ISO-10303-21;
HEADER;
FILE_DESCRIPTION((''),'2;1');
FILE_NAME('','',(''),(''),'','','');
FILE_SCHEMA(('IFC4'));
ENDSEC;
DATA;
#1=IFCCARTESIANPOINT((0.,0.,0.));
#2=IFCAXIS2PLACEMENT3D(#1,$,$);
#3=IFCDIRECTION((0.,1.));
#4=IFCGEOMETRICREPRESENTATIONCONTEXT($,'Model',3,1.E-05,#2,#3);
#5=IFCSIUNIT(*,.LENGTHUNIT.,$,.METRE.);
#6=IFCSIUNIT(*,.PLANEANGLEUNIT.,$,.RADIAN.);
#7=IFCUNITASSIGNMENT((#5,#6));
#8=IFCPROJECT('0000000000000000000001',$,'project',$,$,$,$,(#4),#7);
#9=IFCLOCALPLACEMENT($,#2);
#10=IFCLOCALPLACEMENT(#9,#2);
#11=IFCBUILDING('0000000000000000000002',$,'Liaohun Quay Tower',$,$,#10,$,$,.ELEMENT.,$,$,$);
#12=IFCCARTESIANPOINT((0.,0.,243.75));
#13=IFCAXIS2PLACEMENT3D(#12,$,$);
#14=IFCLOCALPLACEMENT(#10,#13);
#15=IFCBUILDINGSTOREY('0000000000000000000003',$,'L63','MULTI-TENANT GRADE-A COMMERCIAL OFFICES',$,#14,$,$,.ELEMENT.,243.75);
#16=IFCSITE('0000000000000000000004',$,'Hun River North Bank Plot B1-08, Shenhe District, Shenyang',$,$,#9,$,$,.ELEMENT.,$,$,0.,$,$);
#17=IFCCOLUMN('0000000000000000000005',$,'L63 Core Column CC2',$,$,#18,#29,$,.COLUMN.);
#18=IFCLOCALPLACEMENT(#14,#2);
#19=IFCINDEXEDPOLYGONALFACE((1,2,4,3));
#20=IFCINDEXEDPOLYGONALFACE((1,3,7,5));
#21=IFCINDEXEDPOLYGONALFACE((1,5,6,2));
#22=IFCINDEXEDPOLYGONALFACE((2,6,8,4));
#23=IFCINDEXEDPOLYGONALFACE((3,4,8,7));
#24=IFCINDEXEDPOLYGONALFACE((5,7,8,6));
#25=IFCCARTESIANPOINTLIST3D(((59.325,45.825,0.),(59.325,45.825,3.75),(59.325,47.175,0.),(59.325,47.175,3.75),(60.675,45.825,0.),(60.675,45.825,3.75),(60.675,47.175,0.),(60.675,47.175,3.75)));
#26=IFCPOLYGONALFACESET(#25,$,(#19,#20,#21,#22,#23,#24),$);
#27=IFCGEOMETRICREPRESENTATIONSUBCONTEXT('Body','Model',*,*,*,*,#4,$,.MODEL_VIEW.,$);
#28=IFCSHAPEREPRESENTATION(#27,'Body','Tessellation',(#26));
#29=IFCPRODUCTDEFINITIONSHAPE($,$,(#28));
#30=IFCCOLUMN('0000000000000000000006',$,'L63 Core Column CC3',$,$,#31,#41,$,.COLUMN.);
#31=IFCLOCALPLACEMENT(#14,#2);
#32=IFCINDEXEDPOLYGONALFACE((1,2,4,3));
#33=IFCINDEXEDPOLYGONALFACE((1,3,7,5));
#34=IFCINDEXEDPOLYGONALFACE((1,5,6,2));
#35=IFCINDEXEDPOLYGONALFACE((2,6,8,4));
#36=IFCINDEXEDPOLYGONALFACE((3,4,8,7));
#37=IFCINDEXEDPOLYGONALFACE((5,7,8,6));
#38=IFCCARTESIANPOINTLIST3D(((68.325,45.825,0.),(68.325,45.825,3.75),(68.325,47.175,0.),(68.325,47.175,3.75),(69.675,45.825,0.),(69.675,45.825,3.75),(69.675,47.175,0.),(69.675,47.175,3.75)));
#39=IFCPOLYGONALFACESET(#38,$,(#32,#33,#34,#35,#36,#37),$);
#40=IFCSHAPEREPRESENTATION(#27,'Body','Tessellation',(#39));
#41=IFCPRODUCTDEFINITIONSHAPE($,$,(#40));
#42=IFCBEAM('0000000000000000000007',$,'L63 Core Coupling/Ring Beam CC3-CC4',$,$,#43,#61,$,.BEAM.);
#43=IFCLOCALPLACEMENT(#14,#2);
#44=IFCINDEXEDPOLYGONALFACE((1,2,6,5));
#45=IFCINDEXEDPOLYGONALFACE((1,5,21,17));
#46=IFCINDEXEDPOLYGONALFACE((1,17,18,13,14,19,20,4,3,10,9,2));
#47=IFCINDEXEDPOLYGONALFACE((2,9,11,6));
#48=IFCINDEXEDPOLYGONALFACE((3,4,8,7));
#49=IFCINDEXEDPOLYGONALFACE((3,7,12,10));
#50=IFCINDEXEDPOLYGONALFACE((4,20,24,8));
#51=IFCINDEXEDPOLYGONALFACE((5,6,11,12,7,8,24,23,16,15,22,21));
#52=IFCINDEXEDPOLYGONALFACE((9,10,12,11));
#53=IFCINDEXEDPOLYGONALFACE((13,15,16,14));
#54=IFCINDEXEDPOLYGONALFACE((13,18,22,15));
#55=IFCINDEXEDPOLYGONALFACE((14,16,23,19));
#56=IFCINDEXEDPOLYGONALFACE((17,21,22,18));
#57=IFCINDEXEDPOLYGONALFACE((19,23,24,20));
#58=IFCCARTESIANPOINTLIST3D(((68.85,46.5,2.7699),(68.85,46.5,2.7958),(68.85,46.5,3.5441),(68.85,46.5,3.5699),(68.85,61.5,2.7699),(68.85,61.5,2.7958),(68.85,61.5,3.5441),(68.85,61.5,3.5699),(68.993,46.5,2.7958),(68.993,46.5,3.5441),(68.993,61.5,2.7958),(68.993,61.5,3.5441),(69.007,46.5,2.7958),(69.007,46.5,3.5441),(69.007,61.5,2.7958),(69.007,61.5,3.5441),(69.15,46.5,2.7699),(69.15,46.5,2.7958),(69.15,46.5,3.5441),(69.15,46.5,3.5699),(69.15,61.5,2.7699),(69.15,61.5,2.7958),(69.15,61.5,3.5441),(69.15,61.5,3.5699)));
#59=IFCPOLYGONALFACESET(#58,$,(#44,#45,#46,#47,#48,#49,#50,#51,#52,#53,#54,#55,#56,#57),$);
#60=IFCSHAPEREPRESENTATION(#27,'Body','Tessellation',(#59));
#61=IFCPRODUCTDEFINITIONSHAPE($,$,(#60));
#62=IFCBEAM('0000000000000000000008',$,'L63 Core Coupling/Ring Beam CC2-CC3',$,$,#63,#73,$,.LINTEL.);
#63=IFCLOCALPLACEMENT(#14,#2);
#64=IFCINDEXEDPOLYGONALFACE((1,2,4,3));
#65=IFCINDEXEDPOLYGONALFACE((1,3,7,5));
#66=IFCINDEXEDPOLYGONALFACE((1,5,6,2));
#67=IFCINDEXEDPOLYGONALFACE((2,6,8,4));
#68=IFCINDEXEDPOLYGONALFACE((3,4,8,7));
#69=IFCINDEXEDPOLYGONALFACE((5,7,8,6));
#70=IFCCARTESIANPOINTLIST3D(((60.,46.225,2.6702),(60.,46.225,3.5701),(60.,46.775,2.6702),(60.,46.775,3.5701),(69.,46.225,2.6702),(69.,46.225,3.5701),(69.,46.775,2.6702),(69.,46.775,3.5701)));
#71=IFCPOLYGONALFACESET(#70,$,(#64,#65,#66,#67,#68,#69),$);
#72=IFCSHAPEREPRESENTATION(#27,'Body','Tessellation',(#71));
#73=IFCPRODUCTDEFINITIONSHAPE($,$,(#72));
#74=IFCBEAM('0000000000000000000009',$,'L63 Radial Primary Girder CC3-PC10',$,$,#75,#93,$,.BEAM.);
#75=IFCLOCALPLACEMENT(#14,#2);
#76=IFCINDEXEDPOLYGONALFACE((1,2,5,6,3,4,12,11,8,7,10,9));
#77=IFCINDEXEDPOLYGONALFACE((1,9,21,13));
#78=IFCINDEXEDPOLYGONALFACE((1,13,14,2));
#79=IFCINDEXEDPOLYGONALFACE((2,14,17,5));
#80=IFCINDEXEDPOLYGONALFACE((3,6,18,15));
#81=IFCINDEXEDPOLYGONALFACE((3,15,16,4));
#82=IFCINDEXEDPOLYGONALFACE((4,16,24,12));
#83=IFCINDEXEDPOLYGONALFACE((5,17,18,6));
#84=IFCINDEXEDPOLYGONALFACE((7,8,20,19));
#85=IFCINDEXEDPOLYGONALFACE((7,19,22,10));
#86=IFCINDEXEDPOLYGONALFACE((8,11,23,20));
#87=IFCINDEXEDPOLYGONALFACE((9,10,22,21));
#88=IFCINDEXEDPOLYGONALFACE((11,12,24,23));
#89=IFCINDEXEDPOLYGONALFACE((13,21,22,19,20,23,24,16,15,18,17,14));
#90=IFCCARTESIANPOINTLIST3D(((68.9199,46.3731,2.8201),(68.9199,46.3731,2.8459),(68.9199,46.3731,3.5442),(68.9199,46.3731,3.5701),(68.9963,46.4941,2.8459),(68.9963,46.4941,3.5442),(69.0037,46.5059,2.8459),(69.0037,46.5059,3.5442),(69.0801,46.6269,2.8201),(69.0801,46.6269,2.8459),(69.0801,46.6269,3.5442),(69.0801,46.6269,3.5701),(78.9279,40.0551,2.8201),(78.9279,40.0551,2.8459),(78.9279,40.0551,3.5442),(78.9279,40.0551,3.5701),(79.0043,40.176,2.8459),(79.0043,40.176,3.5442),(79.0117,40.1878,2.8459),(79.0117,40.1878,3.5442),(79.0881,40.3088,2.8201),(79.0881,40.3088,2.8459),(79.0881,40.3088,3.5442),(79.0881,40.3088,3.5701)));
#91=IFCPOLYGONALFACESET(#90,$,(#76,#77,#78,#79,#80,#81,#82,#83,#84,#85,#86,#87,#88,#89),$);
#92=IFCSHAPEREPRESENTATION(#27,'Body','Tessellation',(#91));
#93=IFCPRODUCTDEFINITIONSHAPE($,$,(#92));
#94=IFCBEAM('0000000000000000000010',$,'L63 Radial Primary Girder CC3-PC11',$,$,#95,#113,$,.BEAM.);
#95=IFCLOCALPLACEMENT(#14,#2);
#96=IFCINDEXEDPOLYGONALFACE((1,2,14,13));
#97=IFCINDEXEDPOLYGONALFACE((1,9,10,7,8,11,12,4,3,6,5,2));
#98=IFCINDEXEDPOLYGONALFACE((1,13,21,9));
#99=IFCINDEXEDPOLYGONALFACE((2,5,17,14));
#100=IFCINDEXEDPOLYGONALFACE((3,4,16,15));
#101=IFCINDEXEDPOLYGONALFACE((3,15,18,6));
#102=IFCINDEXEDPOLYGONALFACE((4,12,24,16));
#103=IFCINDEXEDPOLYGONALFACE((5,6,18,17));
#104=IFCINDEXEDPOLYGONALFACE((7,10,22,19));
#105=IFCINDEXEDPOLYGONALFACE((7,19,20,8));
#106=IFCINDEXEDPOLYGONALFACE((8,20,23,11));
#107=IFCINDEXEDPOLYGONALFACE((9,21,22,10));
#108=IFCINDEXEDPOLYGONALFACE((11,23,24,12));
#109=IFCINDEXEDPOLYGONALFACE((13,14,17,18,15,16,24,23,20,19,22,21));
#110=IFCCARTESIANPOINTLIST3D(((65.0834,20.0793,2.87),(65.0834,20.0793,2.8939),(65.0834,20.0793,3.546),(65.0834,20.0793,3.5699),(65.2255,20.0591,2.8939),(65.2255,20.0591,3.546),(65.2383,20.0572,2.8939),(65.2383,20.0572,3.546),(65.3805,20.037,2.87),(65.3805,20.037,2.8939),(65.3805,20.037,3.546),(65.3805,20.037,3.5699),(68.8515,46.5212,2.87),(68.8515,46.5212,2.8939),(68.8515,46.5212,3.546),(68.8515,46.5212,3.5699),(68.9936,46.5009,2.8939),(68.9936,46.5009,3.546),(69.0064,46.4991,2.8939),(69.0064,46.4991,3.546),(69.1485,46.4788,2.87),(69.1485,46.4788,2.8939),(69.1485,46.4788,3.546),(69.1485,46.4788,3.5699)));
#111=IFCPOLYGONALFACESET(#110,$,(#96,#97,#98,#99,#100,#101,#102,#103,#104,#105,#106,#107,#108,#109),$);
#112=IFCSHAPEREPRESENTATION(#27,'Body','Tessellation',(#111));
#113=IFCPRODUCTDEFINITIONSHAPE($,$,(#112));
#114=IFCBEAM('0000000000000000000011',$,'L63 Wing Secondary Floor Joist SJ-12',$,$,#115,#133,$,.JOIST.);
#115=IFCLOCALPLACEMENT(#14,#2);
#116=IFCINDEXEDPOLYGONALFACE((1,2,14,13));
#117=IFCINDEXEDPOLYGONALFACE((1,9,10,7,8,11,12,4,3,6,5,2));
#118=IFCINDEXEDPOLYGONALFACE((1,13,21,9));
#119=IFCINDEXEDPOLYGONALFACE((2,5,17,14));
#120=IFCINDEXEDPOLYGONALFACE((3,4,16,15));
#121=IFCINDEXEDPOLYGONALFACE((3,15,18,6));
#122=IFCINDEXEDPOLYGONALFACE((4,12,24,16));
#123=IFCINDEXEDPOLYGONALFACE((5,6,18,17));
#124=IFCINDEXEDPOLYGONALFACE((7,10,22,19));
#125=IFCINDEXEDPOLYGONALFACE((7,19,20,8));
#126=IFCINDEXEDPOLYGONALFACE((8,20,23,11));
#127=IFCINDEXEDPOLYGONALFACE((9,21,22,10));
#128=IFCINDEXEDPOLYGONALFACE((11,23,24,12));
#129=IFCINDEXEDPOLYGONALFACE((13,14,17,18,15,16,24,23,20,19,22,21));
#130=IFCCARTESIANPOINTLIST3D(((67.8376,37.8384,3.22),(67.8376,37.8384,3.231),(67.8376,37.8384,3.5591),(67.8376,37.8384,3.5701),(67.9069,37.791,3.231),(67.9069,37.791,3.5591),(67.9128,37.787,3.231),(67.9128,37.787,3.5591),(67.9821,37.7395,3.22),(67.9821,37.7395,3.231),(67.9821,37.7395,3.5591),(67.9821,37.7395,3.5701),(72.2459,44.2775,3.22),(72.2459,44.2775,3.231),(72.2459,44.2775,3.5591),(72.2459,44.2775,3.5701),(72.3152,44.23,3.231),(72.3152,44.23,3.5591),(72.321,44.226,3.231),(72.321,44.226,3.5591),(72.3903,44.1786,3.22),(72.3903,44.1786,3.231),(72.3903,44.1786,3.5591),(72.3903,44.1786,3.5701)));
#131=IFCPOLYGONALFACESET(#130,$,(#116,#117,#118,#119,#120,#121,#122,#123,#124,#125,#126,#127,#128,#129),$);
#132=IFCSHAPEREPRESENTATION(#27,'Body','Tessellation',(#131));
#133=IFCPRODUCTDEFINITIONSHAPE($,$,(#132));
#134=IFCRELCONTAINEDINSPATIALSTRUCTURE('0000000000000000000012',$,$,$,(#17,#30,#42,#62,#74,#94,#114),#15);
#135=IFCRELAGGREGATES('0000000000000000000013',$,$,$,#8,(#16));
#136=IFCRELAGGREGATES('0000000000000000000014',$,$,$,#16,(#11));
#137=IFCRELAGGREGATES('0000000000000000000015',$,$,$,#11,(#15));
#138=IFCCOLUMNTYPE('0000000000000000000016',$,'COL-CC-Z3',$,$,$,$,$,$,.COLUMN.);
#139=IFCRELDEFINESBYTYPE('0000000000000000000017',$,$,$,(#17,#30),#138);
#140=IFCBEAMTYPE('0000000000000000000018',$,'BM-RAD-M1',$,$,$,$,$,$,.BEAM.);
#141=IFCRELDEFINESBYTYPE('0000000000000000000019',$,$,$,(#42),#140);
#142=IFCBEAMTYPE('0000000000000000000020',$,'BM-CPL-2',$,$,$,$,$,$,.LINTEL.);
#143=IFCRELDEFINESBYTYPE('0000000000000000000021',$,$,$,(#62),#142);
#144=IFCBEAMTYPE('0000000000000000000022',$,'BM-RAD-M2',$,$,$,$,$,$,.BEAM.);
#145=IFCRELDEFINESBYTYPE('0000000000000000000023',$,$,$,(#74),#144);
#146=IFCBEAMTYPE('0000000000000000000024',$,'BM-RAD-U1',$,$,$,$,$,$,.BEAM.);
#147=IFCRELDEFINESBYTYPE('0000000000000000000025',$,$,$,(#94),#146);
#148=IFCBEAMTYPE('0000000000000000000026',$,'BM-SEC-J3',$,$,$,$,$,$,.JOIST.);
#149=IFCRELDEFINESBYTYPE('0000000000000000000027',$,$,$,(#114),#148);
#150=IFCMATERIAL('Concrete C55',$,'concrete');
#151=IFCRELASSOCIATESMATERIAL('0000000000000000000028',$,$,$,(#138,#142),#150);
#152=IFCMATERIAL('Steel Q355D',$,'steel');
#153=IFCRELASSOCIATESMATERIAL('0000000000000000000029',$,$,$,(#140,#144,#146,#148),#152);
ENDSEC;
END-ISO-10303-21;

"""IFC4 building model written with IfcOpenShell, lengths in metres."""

from ifc_helpers import new_model, si_unit, direction, frame, origin, origin_2d, place, context, subcontext, project, spatial, rectangle, i_section, extrude, source, transform, mapped, material, material_profile, profile_set, type_object, element, save


model = new_model("IFC4")

# Units and contexts
model_context = context("Model", 3, precision=1e-05, world=origin(), true_north=direction((0.0, 1.0)))
body_context = subcontext(model_context, "Body", "Model", "MODEL_VIEW")
ifc_project = project(units=[si_unit("LENGTHUNIT", "METRE"), si_unit("PLANEANGLEUNIT", "RADIAN")], contexts=[model_context])

# Site, building, storey
site_placement = place(None, origin())
site = spatial("IfcSite", under=ifc_project, at=site_placement, Name="Hun River North Bank Plot B1-08, Shenhe District, Shenyang", CompositionType="ELEMENT", RefElevation=0.0)
building_placement = place(site_placement, origin())
building = spatial("IfcBuilding", under=site, at=building_placement, Name="Liaohun Quay Tower", CompositionType="ELEMENT")
storey_placement = place(building_placement, frame((0.0, 0.0, 243.75)))
storey = spatial("IfcBuildingStorey", under=building, at=storey_placement, Name="L63", Description="MULTI-TENANT GRADE-A COMMERCIAL OFFICES", CompositionType="ELEMENT", Elevation=243.75)

# Columns
ifc_material_1 = material(Name="Concrete C55", Category="concrete")
ifc_material_profile_1 = material_profile(ifc_material_1, rectangle(XDim=1.3501, YDim=1.3501, at=origin_2d()), Name="RC1350x1350")
ifc_profile_set_1 = profile_set([ifc_material_profile_1], Name="Concrete C55")
column_type = type_object("IfcColumnType", Name="COL-CC-Z3", PredefinedType="COLUMN", material=ifc_profile_set_1)
shared_shape_1 = source(origin(), body_context, "Body", "SweptSolid", [
    extrude(rectangle(XDim=1.3501, YDim=1.3501, at=origin_2d()), origin(), (0.0, 0.0, 1.0), 3.75),
])
for number, where, z_axis, x_axis, name in (
    (1, (60.0, 46.5, 0.0), (0.0, 0.0, 1.0), (1.0, 0.0, 0.0), "L63 Core Column CC2"),
    (2, (69.0, 46.5, 0.0), (0.0, 0.0, 1.0), (1.0, 0.0, 0.0), "L63 Core Column CC3"),
):
    element("IfcColumn", number, at=place(storey_placement, frame(where, z_axis=z_axis, x_axis=x_axis)), inside=storey, type_object=column_type, Name=name, PredefinedType="COLUMN", context=body_context, shape_type="MappedRepresentation", body=[
        mapped(shared_shape_1, transform((0.0, 0.0, 0.0), x_axis=(1.0, 0.0, 0.0), y_axis=(0.0, 1.0, 0.0), z_axis=(0.0, 0.0, 1.0), scale=1.0)),
    ])

# Beams
ifc_material_2 = material(Name="Steel Q355D", Category="steel")
ifc_material_profile_2 = material_profile(ifc_material_2, i_section(OverallWidth=0.3, OverallDepth=0.8, WebThickness=0.0139, FlangeThickness=0.0259, at=origin_2d()), Name="HN800x300x14x26")
ifc_profile_set_2 = profile_set([ifc_material_profile_2], Name="Steel Q355D")
beam_type_1 = type_object("IfcBeamType", Name="BM-RAD-M1", PredefinedType="BEAM", material=ifc_profile_set_2)
shared_shape_2 = source(origin(), body_context, "Body", "SweptSolid", [
    extrude(i_section(OverallWidth=0.3, OverallDepth=0.8, WebThickness=0.0139, FlangeThickness=0.0259, at=origin_2d()), origin(), (0.0, 0.0, 1.0), 15.0),
])
beam_1_placement = place(storey_placement, frame((69.0, 46.5, 3.1699), z_axis=(0.0, 1.0, 0.0), x_axis=(-1.0, 0.0, 0.0)))
element("IfcBeam", 3, at=beam_1_placement, inside=storey, type_object=beam_type_1, Name="L63 Core Coupling/Ring Beam CC3-CC4", PredefinedType="BEAM", context=body_context, shape_type="MappedRepresentation", body=[
    mapped(shared_shape_2, transform((0.0, 0.0, 0.0), x_axis=(1.0, 0.0, 0.0), y_axis=(0.0, 1.0, 0.0), z_axis=(0.0, 0.0, 1.0), scale=1.0)),
])
ifc_material_profile_3 = material_profile(ifc_material_1, rectangle(XDim=0.55, YDim=0.8999, at=origin_2d()), Name="RC550x900")
ifc_profile_set_3 = profile_set([ifc_material_profile_3], Name="Concrete C55")
beam_type_2 = type_object("IfcBeamType", Name="BM-CPL-2", PredefinedType="LINTEL", material=ifc_profile_set_3)
shared_shape_3 = source(origin(), body_context, "Body", "SweptSolid", [
    extrude(rectangle(XDim=0.55, YDim=0.8999, at=origin_2d()), origin(), (0.0, 0.0, 1.0), 9.0),
])
beam_2_placement = place(storey_placement, frame((60.0, 46.5, 3.1201), z_axis=(1.0, 0.0, 0.0), x_axis=(0.0, 1.0, 0.0)))
element("IfcBeam", 4, at=beam_2_placement, inside=storey, type_object=beam_type_2, Name="L63 Core Coupling/Ring Beam CC2-CC3", PredefinedType="LINTEL", context=body_context, shape_type="MappedRepresentation", body=[
    mapped(shared_shape_3, transform((0.0, 0.0, 0.0), x_axis=(1.0, 0.0, 0.0), y_axis=(0.0, 1.0, 0.0), z_axis=(0.0, 0.0, 1.0), scale=1.0)),
])
ifc_material_profile_4 = material_profile(ifc_material_2, i_section(OverallWidth=0.3, OverallDepth=0.75, WebThickness=0.0139, FlangeThickness=0.0259, at=origin_2d()), Name="HN750x300x14x26")
ifc_profile_set_4 = profile_set([ifc_material_profile_4], Name="Steel Q355D")
beam_type_3 = type_object("IfcBeamType", Name="BM-RAD-M2", PredefinedType="BEAM", material=ifc_profile_set_4)
shared_shape_4 = source(origin(), body_context, "Body", "SweptSolid", [
    extrude(i_section(OverallWidth=0.3, OverallDepth=0.75, WebThickness=0.0139, FlangeThickness=0.0259, at=origin_2d()), origin(), (0.0, 0.0, 1.0), 11.8354),
])
beam_3_placement = place(storey_placement, frame((69.0, 46.5, 3.1951), z_axis=(0.845594, -0.533826, 0.0), x_axis=(0.533826, 0.845594, 0.0)))
element("IfcBeam", 5, at=beam_3_placement, inside=storey, type_object=beam_type_3, Name="L63 Radial Primary Girder CC3-PC10", PredefinedType="BEAM", context=body_context, shape_type="MappedRepresentation", body=[
    mapped(shared_shape_4, transform((0.0, 0.0, 0.0), x_axis=(1.0, 0.0, 0.0), y_axis=(0.0, 1.0, 0.0), z_axis=(0.0, 0.0, 1.0), scale=1.0)),
])
ifc_material_profile_5 = material_profile(ifc_material_2, i_section(OverallWidth=0.3, OverallDepth=0.7, WebThickness=0.0129, FlangeThickness=0.0239, at=origin_2d()), Name="HN700x300x13x24")
ifc_profile_set_5 = profile_set([ifc_material_profile_5], Name="Steel Q355D")
beam_type_4 = type_object("IfcBeamType", Name="BM-RAD-U1", PredefinedType="BEAM", material=ifc_profile_set_5)
shared_shape_5 = source(origin(), body_context, "Body", "SweptSolid", [
    extrude(i_section(OverallWidth=0.3, OverallDepth=0.7, WebThickness=0.0129, FlangeThickness=0.0239, at=origin_2d()), origin(), (0.0, 0.0, 1.0), 26.709),
])
beam_4_placement = place(storey_placement, frame((69.0, 46.5, 3.22), z_axis=(-0.141078, -0.989998, 0.0), x_axis=(0.989998, -0.141078, 0.0)))
element("IfcBeam", 6, at=beam_4_placement, inside=storey, type_object=beam_type_4, Name="L63 Radial Primary Girder CC3-PC11", PredefinedType="BEAM", context=body_context, shape_type="MappedRepresentation", body=[
    mapped(shared_shape_5, transform((0.0, 0.0, 0.0), x_axis=(1.0, 0.0, 0.0), y_axis=(0.0, 1.0, 0.0), z_axis=(0.0, 0.0, 1.0), scale=1.0)),
])
ifc_material_profile_6 = material_profile(ifc_material_2, i_section(OverallWidth=0.175, OverallDepth=0.3501, WebThickness=0.0071, FlangeThickness=0.011, at=origin_2d()), Name="HN350x175x7x11")
ifc_profile_set_6 = profile_set([ifc_material_profile_6], Name="Steel Q355D")
beam_type_5 = type_object("IfcBeamType", Name="BM-SEC-J3", PredefinedType="JOIST", material=ifc_profile_set_6)
shared_shape_6 = source(origin(), body_context, "Body", "SweptSolid", [
    extrude(i_section(OverallWidth=0.175, OverallDepth=0.3501, WebThickness=0.0071, FlangeThickness=0.011, at=origin_2d()), origin(), (0.0, 0.0, 1.0), 7.8035),
])
beam_5_placement = place(storey_placement, frame((72.3181, 44.228, 3.395), z_axis=(-0.56491, -0.825152, 0.0), x_axis=(0.825152, -0.56491, 0.0)))
element("IfcBeam", 7, at=beam_5_placement, inside=storey, type_object=beam_type_5, Name="L63 Wing Secondary Floor Joist SJ-12", PredefinedType="JOIST", context=body_context, shape_type="MappedRepresentation", body=[
    mapped(shared_shape_6, transform((0.0, 0.0, 0.0), x_axis=(1.0, 0.0, 0.0), y_axis=(0.0, 1.0, 0.0), z_axis=(0.0, 0.0, 1.0), scale=1.0)),
])

save(model, "model.ifc")
